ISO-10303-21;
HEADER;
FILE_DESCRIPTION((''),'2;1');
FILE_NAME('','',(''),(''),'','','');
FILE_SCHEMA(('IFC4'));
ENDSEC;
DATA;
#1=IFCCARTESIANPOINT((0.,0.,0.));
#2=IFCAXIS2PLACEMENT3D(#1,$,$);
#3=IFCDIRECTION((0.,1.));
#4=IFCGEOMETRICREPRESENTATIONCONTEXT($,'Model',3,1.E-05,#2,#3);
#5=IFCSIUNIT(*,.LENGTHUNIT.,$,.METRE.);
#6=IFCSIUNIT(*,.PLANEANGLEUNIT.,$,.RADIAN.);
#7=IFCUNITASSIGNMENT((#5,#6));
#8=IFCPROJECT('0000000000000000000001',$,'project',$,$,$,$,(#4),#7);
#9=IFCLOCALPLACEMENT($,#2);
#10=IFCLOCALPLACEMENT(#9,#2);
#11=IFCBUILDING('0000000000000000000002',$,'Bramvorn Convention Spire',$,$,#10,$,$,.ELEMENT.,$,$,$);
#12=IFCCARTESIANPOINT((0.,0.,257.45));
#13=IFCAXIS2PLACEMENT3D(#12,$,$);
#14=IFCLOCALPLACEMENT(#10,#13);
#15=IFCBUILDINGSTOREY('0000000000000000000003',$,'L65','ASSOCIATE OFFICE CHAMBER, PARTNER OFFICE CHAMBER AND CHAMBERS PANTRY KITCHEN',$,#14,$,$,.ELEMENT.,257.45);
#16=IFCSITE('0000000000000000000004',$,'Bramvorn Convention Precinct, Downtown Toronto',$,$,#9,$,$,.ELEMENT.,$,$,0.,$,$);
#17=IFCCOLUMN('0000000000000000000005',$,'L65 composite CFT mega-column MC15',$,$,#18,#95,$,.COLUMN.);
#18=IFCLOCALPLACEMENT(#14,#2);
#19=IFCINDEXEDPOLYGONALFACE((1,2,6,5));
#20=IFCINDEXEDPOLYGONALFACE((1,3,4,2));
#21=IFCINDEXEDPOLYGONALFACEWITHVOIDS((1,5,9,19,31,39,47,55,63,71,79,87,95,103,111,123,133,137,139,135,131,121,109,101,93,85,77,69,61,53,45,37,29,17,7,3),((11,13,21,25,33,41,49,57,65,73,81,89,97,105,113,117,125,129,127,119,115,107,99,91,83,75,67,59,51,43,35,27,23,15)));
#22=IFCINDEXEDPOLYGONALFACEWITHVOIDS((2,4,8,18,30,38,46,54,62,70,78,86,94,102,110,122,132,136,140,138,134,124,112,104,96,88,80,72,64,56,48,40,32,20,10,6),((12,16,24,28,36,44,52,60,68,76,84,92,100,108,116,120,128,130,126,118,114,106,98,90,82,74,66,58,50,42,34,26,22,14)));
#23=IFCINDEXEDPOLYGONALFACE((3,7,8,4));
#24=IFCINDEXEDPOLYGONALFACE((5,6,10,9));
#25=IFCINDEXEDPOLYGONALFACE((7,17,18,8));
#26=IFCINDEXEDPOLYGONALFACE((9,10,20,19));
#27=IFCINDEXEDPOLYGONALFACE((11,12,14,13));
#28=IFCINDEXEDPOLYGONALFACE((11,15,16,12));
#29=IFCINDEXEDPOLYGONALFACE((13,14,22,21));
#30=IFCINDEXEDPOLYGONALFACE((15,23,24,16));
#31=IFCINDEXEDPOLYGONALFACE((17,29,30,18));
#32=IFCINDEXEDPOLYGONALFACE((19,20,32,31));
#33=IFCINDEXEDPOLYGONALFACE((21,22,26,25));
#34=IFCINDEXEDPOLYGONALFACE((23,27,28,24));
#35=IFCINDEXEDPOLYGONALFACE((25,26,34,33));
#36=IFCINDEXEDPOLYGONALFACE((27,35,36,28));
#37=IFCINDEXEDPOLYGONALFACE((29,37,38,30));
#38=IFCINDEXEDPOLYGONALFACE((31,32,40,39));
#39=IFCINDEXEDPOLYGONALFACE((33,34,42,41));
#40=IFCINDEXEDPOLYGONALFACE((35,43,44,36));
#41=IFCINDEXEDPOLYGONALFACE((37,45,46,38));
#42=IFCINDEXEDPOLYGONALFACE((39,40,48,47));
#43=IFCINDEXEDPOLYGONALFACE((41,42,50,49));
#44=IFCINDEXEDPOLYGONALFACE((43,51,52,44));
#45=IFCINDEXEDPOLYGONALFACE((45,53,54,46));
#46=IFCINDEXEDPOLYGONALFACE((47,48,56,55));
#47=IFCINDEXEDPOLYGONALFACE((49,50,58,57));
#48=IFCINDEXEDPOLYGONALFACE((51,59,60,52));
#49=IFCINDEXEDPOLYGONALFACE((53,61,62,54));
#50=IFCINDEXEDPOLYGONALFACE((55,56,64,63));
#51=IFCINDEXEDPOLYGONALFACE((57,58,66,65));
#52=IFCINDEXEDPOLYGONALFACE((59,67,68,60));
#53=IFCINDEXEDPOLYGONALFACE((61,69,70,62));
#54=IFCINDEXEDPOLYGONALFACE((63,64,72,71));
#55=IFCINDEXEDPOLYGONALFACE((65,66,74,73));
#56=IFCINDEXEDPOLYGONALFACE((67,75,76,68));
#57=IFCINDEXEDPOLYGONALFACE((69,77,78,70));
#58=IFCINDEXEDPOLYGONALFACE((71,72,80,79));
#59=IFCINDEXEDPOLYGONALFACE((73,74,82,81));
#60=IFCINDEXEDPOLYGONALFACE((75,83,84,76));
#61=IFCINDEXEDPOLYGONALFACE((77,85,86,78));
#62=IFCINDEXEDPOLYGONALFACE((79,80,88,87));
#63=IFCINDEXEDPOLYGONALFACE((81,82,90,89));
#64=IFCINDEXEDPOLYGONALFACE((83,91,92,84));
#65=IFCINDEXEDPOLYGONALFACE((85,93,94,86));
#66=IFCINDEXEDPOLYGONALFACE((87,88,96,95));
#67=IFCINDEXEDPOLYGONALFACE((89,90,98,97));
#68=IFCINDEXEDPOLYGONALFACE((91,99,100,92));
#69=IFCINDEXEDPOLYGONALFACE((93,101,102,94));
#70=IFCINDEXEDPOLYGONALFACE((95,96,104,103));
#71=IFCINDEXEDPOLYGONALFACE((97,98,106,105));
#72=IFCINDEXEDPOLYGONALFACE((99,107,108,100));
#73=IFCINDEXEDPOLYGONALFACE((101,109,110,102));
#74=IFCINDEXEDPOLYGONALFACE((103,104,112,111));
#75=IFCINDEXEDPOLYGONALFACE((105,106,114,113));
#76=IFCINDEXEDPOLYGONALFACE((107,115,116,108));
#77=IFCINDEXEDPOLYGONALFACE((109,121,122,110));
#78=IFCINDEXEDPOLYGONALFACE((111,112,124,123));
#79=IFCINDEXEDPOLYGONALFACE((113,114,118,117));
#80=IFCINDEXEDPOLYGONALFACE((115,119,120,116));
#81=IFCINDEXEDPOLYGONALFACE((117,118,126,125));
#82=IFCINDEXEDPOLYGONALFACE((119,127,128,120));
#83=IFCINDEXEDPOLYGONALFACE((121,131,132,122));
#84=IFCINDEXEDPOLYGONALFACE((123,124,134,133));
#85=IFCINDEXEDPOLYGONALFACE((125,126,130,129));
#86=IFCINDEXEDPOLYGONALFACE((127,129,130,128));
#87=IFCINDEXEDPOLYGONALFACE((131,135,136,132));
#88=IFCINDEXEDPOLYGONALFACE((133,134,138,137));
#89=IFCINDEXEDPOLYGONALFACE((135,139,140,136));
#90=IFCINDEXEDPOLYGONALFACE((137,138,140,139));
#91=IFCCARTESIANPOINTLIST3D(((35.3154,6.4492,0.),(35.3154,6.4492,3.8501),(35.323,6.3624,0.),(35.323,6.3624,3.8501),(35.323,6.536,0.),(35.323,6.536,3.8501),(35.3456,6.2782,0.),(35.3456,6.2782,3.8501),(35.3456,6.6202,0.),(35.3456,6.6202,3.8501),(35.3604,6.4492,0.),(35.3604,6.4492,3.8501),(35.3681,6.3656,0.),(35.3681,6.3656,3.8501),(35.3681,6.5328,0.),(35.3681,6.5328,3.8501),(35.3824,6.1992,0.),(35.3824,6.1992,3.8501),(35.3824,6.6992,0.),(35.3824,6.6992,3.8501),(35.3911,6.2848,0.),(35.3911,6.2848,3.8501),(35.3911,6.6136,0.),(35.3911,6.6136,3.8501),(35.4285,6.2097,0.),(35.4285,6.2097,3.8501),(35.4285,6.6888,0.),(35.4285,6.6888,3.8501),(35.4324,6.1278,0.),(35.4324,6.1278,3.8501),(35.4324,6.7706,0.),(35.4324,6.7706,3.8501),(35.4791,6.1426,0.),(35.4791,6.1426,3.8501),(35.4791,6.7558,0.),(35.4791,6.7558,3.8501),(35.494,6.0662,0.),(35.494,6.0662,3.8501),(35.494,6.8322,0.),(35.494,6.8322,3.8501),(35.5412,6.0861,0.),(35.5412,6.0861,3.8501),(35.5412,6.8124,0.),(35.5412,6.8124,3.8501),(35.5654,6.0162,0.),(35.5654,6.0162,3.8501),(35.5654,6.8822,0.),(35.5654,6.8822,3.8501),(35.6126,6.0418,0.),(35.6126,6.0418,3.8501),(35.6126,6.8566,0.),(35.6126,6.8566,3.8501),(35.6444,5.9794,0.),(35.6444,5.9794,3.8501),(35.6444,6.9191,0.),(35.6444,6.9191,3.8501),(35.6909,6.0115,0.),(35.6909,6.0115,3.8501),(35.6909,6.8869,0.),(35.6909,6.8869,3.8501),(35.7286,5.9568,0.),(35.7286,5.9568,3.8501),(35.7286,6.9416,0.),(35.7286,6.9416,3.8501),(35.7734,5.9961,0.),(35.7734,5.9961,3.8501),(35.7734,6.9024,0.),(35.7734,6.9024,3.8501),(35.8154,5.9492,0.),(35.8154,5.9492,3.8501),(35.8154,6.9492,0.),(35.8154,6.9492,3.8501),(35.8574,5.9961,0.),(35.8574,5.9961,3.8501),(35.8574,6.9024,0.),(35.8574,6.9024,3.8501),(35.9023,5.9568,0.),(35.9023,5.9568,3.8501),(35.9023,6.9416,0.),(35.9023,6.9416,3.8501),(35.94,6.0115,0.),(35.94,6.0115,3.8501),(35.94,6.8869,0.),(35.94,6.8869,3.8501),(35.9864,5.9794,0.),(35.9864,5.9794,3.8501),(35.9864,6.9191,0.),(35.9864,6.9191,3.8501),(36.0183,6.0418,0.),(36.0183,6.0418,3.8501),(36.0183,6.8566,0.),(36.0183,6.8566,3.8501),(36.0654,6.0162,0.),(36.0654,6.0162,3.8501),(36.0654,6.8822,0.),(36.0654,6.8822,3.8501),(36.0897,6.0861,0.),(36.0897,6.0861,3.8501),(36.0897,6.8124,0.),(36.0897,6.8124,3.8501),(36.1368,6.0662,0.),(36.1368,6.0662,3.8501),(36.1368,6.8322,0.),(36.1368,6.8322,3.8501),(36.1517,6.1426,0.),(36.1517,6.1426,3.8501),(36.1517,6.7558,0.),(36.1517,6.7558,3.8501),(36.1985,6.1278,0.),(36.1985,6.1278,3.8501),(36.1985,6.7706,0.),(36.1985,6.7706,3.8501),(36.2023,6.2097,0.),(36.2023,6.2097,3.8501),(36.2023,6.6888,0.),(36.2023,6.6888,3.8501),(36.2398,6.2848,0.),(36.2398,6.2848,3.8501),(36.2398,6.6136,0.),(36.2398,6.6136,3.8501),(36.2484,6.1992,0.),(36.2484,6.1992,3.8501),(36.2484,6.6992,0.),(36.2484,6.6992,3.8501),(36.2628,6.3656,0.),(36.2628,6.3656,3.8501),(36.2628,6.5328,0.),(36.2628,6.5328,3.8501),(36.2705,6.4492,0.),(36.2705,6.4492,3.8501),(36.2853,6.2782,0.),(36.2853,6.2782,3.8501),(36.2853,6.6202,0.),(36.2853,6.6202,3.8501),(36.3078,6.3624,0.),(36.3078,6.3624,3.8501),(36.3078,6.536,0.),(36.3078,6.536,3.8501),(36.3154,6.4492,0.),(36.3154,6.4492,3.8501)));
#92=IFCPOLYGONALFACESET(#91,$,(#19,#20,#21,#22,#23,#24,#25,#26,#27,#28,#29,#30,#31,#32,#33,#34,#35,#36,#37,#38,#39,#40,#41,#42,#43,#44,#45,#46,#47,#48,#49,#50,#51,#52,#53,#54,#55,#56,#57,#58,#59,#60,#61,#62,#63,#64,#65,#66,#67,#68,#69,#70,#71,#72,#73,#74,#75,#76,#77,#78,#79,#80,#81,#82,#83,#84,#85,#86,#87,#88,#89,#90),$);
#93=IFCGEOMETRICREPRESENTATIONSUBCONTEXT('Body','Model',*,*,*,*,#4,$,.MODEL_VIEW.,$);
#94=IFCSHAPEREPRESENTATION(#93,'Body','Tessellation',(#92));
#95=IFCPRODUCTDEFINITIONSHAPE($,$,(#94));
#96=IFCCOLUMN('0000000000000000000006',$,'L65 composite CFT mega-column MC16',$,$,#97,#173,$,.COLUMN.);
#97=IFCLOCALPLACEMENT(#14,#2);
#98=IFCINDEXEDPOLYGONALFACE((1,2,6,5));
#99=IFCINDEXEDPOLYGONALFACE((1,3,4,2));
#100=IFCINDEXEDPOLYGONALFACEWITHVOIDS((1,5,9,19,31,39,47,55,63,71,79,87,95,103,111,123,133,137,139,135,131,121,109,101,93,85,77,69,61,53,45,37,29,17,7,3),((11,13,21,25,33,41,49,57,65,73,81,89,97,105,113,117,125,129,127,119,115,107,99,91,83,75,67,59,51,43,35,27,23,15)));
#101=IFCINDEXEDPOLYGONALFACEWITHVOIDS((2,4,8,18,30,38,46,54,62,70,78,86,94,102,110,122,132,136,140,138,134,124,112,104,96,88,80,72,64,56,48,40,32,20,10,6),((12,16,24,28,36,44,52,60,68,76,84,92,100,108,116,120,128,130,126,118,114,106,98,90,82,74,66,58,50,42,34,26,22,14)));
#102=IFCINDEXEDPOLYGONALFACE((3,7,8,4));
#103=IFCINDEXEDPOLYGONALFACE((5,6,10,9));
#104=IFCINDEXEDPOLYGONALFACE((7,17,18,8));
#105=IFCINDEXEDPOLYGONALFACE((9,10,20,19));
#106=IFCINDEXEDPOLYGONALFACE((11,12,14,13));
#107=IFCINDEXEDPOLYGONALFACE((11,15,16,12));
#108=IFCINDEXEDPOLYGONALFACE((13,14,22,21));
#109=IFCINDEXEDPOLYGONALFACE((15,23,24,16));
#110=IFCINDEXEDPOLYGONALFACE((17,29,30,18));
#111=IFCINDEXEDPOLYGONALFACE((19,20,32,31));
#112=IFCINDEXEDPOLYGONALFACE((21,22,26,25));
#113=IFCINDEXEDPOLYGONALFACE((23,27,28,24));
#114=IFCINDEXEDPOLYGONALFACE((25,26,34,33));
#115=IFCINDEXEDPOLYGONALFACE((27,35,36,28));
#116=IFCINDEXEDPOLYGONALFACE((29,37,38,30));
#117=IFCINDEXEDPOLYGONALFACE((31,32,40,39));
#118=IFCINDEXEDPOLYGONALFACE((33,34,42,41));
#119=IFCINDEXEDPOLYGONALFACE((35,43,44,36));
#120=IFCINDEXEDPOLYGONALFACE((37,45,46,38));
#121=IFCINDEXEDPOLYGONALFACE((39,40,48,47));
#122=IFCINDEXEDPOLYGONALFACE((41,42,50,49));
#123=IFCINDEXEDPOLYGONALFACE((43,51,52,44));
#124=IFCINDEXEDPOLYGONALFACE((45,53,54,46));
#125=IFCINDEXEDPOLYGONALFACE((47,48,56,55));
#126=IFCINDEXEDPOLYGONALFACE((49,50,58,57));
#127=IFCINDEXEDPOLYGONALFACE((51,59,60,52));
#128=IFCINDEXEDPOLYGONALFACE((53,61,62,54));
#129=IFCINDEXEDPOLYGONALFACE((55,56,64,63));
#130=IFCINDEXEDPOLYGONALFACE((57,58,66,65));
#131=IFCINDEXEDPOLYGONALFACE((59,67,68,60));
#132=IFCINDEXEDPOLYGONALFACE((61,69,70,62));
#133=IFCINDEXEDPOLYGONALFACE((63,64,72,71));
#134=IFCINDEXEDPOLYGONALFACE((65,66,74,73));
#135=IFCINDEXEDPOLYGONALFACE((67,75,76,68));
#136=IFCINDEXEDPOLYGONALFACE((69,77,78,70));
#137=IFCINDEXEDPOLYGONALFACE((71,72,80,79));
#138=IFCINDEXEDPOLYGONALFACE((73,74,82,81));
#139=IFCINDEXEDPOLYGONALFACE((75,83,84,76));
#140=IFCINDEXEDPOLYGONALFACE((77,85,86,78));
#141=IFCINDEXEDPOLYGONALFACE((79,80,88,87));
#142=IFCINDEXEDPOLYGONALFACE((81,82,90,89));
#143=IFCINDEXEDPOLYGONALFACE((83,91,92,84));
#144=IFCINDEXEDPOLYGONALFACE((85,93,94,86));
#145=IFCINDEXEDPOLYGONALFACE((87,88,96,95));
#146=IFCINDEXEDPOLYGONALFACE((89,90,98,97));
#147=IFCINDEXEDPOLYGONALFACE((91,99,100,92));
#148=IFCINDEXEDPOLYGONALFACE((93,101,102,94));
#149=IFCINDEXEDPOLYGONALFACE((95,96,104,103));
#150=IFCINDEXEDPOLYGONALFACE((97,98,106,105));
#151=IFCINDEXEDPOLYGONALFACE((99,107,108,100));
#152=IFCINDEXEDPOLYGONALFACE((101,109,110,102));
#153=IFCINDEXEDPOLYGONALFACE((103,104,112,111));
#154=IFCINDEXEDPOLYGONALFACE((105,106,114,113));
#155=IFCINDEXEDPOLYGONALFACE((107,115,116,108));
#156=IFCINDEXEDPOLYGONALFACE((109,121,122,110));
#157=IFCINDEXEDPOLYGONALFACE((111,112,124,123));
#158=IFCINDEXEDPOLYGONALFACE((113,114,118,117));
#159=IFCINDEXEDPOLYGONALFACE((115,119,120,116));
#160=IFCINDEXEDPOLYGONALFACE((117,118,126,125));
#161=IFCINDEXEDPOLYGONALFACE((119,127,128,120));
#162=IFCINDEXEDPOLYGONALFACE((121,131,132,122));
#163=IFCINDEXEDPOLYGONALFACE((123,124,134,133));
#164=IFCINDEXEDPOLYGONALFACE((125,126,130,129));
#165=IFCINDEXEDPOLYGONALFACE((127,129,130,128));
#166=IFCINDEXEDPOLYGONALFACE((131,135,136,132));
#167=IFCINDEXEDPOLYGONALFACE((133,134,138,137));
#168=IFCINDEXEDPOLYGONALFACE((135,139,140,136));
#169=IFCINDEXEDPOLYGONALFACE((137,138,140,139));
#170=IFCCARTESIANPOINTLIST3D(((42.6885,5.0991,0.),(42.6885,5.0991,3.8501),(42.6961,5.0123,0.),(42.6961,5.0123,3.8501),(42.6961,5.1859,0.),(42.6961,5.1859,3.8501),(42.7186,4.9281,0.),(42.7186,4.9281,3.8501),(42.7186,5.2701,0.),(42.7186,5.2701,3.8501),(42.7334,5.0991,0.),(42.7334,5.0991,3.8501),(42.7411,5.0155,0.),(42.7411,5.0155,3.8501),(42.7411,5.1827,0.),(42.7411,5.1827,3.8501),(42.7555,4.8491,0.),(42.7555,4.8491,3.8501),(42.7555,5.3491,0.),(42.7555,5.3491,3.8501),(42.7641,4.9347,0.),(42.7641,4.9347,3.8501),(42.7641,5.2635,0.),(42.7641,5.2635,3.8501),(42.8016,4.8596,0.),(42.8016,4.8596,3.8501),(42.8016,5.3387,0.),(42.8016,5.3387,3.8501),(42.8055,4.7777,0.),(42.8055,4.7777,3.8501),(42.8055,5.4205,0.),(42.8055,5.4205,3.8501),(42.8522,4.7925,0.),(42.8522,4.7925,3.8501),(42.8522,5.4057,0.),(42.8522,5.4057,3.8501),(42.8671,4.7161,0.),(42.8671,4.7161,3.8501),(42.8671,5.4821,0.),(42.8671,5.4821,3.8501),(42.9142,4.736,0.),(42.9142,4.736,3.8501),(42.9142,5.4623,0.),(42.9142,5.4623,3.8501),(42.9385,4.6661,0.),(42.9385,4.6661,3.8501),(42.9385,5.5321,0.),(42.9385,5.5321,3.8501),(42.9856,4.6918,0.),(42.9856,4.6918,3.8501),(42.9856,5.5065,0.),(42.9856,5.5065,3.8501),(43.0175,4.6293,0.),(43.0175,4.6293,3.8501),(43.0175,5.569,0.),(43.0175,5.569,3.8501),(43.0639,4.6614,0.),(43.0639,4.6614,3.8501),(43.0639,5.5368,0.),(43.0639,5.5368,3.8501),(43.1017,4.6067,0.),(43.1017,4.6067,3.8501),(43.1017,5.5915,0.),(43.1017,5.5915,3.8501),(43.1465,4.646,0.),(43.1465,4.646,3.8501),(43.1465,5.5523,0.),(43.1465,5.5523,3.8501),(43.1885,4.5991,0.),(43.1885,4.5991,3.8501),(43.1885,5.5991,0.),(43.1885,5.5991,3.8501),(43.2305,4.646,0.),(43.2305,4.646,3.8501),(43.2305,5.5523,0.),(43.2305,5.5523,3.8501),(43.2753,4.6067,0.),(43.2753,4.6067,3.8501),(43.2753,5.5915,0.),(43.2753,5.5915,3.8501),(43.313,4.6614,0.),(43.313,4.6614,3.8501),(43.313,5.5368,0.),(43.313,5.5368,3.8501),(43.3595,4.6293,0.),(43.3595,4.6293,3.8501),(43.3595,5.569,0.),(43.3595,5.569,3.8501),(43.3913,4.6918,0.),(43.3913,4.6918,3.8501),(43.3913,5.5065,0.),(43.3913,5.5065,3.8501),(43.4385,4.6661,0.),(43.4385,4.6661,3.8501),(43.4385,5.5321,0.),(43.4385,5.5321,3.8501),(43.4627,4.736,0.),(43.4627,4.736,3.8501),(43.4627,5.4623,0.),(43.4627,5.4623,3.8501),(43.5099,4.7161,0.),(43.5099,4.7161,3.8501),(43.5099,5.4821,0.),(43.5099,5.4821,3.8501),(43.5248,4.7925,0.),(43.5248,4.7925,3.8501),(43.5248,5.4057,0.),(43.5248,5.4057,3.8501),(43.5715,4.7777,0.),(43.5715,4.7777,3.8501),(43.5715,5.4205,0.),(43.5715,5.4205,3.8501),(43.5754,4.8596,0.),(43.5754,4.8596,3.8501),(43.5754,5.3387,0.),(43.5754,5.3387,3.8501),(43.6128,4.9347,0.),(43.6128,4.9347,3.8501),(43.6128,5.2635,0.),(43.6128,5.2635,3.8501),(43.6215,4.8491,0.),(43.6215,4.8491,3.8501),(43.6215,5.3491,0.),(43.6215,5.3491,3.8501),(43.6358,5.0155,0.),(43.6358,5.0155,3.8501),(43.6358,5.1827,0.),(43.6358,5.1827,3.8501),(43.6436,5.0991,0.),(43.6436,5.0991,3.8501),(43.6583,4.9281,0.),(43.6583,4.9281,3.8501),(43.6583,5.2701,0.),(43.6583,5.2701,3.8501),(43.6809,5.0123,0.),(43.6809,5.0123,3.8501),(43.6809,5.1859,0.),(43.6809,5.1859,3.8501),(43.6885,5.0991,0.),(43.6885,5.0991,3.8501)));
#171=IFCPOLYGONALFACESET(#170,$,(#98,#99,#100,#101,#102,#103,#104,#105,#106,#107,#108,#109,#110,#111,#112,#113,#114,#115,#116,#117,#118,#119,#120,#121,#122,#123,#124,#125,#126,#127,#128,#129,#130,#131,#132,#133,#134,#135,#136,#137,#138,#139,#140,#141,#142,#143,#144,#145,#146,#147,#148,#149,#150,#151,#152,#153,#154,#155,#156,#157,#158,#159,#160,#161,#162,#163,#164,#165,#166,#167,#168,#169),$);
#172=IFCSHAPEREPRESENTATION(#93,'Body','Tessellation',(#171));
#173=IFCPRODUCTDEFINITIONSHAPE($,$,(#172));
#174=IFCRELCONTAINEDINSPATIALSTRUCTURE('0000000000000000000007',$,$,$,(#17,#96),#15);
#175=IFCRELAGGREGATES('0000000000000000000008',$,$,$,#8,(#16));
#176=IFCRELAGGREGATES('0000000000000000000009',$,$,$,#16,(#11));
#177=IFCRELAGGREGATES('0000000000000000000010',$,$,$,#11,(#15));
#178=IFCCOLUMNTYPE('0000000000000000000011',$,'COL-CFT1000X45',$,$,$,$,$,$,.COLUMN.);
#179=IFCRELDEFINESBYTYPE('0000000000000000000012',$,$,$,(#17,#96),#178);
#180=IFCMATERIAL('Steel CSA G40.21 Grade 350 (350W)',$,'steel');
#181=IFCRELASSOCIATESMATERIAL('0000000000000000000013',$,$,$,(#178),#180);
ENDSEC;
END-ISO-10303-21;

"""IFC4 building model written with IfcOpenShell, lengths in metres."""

from ifc_helpers import new_model, si_unit, direction, frame, origin, origin_2d, place, context, subcontext, project, spatial, hollow_circle, extrude, material, material_profile, profile_set, type_object, element, save


model = new_model("IFC4")

# Units and contexts
model_context = context("Model", 3, precision=1e-05, world=origin(), true_north=direction((0.0, 1.0)))
body_context = subcontext(model_context, "Body", "Model", "MODEL_VIEW")
ifc_project = project(units=[si_unit("LENGTHUNIT", "METRE"), si_unit("PLANEANGLEUNIT", "RADIAN")], contexts=[model_context])

# Site, building, storey
site_placement = place(None, origin())
site = spatial("IfcSite", under=ifc_project, at=site_placement, Name="Bramvorn Convention Precinct, Downtown Toronto", CompositionType="ELEMENT", RefElevation=0.0)
building_placement = place(site_placement, origin())
building = spatial("IfcBuilding", under=site, at=building_placement, Name="Bramvorn Convention Spire", CompositionType="ELEMENT")
storey_placement = place(building_placement, frame((0.0, 0.0, 257.45)))
storey = spatial("IfcBuildingStorey", under=building, at=storey_placement, Name="L65", Description="ASSOCIATE OFFICE CHAMBER, PARTNER OFFICE CHAMBER AND CHAMBERS PANTRY KITCHEN", CompositionType="ELEMENT", Elevation=257.45)

# Columns
ifc_material_1 = material(Name="Steel CSA G40.21 Grade 350 (350W)", Category="steel")
ifc_material_profile_1 = material_profile(ifc_material_1, hollow_circle(Radius=0.5, WallThickness=0.0449, at=origin_2d()))
ifc_profile_set_1 = profile_set([ifc_material_profile_1], Name="Steel CSA G40.21 Grade 350 (350W) - CFT1000X45")
column_type = type_object("IfcColumnType", Name="COL-CFT1000X45", PredefinedType="COLUMN", material=ifc_profile_set_1)
for number, where, z_axis, x_axis, name in (
    (1, (35.8154, 6.4492, 0.0), (0.0, 0.0, 1.0), (1.0, 0.0, 0.0), "L65 composite CFT mega-column MC15"),
    (2, (43.1885, 5.0991, 0.0), (0.0, 0.0, 1.0), (1.0, 0.0, 0.0), "L65 composite CFT mega-column MC16"),
):
    element("IfcColumn", number, at=place(storey_placement, frame(where, z_axis=z_axis, x_axis=x_axis)), inside=storey, type_object=column_type, Name=name, PredefinedType="COLUMN", context=body_context, shape_type="SweptSolid", body=[
        extrude(hollow_circle(Radius=0.5, WallThickness=0.0449, at=origin_2d()), origin(), (0.0, 0.0, 1.0), 3.8501),
    ])

save(model, "model.ifc")
